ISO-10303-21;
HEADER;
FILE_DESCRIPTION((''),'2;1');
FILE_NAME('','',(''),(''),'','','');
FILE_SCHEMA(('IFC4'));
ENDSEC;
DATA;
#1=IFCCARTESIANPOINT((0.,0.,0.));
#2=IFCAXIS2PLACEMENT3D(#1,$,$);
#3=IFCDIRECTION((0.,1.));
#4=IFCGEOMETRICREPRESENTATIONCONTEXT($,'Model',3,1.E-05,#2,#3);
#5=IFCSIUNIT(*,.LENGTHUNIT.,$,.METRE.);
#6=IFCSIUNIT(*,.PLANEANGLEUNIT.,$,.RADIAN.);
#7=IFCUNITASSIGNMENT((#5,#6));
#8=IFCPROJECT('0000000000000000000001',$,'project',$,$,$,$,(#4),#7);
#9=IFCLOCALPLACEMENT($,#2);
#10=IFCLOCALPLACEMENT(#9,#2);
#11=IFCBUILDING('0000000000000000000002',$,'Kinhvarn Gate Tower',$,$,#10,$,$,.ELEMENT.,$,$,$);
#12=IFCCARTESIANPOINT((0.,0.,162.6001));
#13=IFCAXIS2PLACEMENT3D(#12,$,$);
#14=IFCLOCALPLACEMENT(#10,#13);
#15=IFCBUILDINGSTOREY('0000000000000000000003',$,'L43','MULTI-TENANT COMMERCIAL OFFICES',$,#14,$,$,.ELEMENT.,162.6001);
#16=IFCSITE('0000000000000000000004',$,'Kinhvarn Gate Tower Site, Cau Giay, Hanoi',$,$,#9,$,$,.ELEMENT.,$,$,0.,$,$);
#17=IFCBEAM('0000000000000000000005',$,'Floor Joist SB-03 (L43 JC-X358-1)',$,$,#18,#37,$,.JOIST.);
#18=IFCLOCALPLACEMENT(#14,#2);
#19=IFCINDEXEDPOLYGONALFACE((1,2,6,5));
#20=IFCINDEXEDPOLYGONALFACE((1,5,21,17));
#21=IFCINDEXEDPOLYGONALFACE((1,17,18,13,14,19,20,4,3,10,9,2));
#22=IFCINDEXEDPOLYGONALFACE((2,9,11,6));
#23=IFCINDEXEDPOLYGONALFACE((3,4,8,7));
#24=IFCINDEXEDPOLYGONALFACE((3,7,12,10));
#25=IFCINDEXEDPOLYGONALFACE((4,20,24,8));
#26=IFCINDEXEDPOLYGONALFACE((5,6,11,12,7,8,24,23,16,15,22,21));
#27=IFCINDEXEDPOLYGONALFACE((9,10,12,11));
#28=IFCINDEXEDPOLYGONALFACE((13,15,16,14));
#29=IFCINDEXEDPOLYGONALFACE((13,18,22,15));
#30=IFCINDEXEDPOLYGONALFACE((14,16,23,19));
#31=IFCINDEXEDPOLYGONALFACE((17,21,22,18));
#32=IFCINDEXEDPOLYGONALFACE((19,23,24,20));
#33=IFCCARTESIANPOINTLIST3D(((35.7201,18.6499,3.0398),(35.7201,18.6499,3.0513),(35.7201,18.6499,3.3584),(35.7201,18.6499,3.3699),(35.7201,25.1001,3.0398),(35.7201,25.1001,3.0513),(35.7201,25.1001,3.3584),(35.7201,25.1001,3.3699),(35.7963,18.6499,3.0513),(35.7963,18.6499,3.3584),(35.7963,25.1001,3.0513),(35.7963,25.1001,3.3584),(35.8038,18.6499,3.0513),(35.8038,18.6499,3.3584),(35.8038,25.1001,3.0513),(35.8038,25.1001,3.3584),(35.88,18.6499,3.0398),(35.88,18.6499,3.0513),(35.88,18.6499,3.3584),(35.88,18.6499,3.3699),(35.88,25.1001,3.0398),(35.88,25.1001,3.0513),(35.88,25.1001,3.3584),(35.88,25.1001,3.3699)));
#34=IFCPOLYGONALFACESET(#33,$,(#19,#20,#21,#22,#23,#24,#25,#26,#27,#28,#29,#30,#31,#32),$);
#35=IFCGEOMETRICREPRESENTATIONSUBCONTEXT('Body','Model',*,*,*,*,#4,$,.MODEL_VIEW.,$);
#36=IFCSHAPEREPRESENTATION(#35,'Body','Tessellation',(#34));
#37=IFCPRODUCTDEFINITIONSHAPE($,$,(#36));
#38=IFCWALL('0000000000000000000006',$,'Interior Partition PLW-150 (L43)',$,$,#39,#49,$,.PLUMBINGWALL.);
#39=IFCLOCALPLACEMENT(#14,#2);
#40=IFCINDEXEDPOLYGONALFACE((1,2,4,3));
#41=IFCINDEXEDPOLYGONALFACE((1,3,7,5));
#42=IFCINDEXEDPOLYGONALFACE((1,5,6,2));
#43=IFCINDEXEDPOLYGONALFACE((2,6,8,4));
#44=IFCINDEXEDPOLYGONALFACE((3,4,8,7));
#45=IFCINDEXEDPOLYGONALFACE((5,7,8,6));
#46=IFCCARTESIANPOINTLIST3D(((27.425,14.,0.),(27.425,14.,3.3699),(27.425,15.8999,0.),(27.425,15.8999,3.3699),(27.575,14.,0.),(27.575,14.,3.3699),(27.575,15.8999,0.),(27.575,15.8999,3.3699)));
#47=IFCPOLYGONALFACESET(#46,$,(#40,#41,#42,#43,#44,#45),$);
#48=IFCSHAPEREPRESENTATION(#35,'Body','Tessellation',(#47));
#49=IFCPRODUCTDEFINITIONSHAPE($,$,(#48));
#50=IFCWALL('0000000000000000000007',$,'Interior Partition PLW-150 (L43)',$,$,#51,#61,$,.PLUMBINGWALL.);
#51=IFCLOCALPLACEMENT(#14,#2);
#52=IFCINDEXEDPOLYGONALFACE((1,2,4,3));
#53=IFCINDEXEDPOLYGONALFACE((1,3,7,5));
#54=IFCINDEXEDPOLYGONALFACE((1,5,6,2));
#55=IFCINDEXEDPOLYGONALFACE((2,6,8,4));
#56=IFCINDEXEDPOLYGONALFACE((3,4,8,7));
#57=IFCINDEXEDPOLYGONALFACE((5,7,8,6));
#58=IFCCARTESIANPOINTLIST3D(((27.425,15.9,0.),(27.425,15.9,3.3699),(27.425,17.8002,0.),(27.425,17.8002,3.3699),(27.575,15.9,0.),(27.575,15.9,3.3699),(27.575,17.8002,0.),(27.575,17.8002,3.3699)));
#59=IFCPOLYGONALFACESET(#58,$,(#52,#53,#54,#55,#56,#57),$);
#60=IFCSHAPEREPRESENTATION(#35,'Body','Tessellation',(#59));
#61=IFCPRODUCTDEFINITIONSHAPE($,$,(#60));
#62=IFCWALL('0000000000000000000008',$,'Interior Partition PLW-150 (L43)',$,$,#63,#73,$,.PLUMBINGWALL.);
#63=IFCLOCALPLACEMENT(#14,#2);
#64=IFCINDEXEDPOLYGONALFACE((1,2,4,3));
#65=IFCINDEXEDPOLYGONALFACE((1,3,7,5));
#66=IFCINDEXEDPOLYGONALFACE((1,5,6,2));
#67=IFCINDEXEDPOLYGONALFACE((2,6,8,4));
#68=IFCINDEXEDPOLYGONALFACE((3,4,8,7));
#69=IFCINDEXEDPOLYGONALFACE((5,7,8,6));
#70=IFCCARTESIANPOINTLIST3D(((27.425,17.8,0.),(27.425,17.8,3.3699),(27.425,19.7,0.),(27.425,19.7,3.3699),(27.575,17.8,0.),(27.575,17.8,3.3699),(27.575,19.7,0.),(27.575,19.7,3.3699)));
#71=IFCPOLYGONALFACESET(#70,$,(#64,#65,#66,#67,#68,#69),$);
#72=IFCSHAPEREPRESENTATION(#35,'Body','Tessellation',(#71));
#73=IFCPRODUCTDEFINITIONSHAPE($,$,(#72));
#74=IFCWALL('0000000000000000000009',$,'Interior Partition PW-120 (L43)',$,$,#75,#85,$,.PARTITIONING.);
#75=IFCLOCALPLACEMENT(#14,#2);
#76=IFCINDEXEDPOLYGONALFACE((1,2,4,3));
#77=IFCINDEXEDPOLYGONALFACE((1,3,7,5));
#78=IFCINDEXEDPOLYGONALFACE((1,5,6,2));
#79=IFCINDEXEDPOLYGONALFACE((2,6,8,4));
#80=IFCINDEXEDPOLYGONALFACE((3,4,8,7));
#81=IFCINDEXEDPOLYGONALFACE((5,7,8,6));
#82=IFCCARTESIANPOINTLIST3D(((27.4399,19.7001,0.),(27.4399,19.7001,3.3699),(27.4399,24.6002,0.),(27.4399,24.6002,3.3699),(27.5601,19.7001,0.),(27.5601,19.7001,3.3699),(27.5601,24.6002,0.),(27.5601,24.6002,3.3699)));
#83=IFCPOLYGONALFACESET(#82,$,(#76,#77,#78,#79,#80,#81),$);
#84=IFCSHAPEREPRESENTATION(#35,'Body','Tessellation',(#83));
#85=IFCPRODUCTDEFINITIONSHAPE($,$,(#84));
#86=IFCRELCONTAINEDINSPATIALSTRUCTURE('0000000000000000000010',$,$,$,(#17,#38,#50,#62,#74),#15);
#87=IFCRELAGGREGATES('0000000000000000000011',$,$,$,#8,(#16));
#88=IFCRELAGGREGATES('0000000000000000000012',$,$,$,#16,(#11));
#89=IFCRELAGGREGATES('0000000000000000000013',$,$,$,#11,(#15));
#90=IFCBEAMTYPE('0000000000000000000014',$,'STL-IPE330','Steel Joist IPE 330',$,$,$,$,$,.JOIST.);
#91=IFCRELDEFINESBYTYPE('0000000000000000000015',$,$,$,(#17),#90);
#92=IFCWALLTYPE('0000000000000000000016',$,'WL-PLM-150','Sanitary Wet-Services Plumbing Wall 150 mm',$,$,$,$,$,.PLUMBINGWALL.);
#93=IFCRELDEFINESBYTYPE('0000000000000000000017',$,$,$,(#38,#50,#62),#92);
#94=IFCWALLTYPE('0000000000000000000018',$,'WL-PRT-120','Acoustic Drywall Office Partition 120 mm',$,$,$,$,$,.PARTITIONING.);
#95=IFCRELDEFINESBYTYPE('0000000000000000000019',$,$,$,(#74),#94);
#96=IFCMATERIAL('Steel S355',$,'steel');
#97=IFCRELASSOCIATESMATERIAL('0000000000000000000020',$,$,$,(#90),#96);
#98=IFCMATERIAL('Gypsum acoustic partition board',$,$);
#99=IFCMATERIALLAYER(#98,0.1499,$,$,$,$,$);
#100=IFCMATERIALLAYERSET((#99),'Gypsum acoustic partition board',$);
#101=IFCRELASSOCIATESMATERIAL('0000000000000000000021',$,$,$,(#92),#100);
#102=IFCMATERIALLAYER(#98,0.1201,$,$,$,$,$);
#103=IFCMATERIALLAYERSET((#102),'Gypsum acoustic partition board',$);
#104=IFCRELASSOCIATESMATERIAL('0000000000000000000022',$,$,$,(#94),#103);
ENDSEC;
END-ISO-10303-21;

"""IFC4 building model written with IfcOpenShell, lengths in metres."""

from ifc_helpers import new_model, si_unit, direction, frame, frame_2d, origin, origin_2d, place, context, subcontext, project, spatial, rectangle, i_section, extrude, material, layer, layer_set, material_profile, profile_set, type_object, element, save


model = new_model("IFC4")

# Units and contexts
model_context = context("Model", 3, precision=1e-05, world=origin(), true_north=direction((0.0, 1.0)))
body_context = subcontext(model_context, "Body", "Model", "MODEL_VIEW")
ifc_project = project(units=[si_unit("LENGTHUNIT", "METRE"), si_unit("PLANEANGLEUNIT", "RADIAN")], contexts=[model_context])

# Site, building, storey
site_placement = place(None, origin())
site = spatial("IfcSite", under=ifc_project, at=site_placement, Name="Kinhvarn Gate Tower Site, Cau Giay, Hanoi", CompositionType="ELEMENT", RefElevation=0.0)
building_placement = place(site_placement, origin())
building = spatial("IfcBuilding", under=site, at=building_placement, Name="Kinhvarn Gate Tower", CompositionType="ELEMENT")
storey_placement = place(building_placement, frame((0.0, 0.0, 162.6001)))
storey = spatial("IfcBuildingStorey", under=building, at=storey_placement, Name="L43", Description="MULTI-TENANT COMMERCIAL OFFICES", CompositionType="ELEMENT", Elevation=162.6001)

# Beam
ifc_material_1 = material(Name="Steel S355", Category="steel")
ifc_material_profile_1 = material_profile(ifc_material_1, i_section(OverallWidth=0.1599, OverallDepth=0.3301, WebThickness=0.0076, FlangeThickness=0.0115, at=origin_2d()), Name="IPE 330")
ifc_profile_set_1 = profile_set([ifc_material_profile_1], Name="Steel S355")
beam_type_1 = type_object("IfcBeamType", Name="STL-IPE330", Description="Steel Joist IPE 330", PredefinedType="JOIST", material=ifc_profile_set_1)
beam_1_placement = place(storey_placement, frame((35.8, 18.6499, 3.2048), z_axis=(0.0, 1.0, 0.0), x_axis=(-1.0, 0.0, 0.0)))
element("IfcBeam", 1, at=beam_1_placement, inside=storey, type_object=beam_type_1, Name="Floor Joist SB-03 (L43 JC-X358-1)", PredefinedType="JOIST", context=body_context, shape_type="SweptSolid", body=[
    extrude(i_section(OverallWidth=0.1599, OverallDepth=0.3301, WebThickness=0.0076, FlangeThickness=0.0115, at=origin_2d()), origin(), (0.0, 0.0, 1.0), 6.4502),
])

# Walls
ifc_material_2 = material(Name="Gypsum acoustic partition board")
ifc_layer_1 = layer(ifc_material_2, 0.1499)
ifc_layer_set_1 = layer_set([ifc_layer_1], Name="Gypsum acoustic partition board")
wall_type_1 = type_object("IfcWallType", Name="WL-PLM-150", Description="Sanitary Wet-Services Plumbing Wall 150 mm", PredefinedType="PLUMBINGWALL", material=ifc_layer_set_1)
wall_1_placement = place(storey_placement, frame((27.5, 14.0, 0.0), z_axis=(0.0, 0.0, 1.0), x_axis=(0.0, 1.0, 0.0)))
element("IfcWall", 2, at=wall_1_placement, inside=storey, type_object=wall_type_1, Name="Interior Partition PLW-150 (L43)", PredefinedType="PLUMBINGWALL", context=body_context, shape_type="SweptSolid", body=[
    extrude(rectangle(XDim=1.8999, YDim=0.1499, at=frame_2d((0.95, 0.0))), origin(), (0.0, 0.0, 1.0), 3.3699),
])
wall_2_placement = place(storey_placement, frame((27.5, 15.8999, 0.0), z_axis=(0.0, 0.0, 1.0), x_axis=(0.0, 1.0, 0.0)))
element("IfcWall", 3, at=wall_2_placement, inside=storey, type_object=wall_type_1, Name="Interior Partition PLW-150 (L43)", PredefinedType="PLUMBINGWALL", context=body_context, shape_type="SweptSolid", body=[
    extrude(rectangle(XDim=1.9001, YDim=0.1499, at=frame_2d((0.9502, 0.0))), origin(), (0.0, 0.0, 1.0), 3.3699),
])
wall_3_placement = place(storey_placement, frame((27.5, 17.8, 0.0), z_axis=(0.0, 0.0, 1.0), x_axis=(0.0, 1.0, 0.0)))
element("IfcWall", 4, at=wall_3_placement, inside=storey, type_object=wall_type_1, Name="Interior Partition PLW-150 (L43)", PredefinedType="PLUMBINGWALL", context=body_context, shape_type="SweptSolid", body=[
    extrude(rectangle(XDim=1.8999, YDim=0.1499, at=frame_2d((0.95, 0.0))), origin(), (0.0, 0.0, 1.0), 3.3699),
])
ifc_layer_2 = layer(ifc_material_2, 0.1201)
ifc_layer_set_2 = layer_set([ifc_layer_2], Name="Gypsum acoustic partition board")
wall_type_2 = type_object("IfcWallType", Name="WL-PRT-120", Description="Acoustic Drywall Office Partition 120 mm", PredefinedType="PARTITIONING", material=ifc_layer_set_2)
wall_4_placement = place(storey_placement, frame((27.5, 19.7, 0.0), z_axis=(0.0, 0.0, 1.0), x_axis=(0.0, 1.0, 0.0)))
element("IfcWall", 5, at=wall_4_placement, inside=storey, type_object=wall_type_2, Name="Interior Partition PW-120 (L43)", PredefinedType="PARTITIONING", context=body_context, shape_type="SweptSolid", body=[
    extrude(rectangle(XDim=4.9001, YDim=0.1201, at=frame_2d((2.4502, 0.0))), origin(), (0.0, 0.0, 1.0), 3.3699),
])

save(model, "model.ifc")
